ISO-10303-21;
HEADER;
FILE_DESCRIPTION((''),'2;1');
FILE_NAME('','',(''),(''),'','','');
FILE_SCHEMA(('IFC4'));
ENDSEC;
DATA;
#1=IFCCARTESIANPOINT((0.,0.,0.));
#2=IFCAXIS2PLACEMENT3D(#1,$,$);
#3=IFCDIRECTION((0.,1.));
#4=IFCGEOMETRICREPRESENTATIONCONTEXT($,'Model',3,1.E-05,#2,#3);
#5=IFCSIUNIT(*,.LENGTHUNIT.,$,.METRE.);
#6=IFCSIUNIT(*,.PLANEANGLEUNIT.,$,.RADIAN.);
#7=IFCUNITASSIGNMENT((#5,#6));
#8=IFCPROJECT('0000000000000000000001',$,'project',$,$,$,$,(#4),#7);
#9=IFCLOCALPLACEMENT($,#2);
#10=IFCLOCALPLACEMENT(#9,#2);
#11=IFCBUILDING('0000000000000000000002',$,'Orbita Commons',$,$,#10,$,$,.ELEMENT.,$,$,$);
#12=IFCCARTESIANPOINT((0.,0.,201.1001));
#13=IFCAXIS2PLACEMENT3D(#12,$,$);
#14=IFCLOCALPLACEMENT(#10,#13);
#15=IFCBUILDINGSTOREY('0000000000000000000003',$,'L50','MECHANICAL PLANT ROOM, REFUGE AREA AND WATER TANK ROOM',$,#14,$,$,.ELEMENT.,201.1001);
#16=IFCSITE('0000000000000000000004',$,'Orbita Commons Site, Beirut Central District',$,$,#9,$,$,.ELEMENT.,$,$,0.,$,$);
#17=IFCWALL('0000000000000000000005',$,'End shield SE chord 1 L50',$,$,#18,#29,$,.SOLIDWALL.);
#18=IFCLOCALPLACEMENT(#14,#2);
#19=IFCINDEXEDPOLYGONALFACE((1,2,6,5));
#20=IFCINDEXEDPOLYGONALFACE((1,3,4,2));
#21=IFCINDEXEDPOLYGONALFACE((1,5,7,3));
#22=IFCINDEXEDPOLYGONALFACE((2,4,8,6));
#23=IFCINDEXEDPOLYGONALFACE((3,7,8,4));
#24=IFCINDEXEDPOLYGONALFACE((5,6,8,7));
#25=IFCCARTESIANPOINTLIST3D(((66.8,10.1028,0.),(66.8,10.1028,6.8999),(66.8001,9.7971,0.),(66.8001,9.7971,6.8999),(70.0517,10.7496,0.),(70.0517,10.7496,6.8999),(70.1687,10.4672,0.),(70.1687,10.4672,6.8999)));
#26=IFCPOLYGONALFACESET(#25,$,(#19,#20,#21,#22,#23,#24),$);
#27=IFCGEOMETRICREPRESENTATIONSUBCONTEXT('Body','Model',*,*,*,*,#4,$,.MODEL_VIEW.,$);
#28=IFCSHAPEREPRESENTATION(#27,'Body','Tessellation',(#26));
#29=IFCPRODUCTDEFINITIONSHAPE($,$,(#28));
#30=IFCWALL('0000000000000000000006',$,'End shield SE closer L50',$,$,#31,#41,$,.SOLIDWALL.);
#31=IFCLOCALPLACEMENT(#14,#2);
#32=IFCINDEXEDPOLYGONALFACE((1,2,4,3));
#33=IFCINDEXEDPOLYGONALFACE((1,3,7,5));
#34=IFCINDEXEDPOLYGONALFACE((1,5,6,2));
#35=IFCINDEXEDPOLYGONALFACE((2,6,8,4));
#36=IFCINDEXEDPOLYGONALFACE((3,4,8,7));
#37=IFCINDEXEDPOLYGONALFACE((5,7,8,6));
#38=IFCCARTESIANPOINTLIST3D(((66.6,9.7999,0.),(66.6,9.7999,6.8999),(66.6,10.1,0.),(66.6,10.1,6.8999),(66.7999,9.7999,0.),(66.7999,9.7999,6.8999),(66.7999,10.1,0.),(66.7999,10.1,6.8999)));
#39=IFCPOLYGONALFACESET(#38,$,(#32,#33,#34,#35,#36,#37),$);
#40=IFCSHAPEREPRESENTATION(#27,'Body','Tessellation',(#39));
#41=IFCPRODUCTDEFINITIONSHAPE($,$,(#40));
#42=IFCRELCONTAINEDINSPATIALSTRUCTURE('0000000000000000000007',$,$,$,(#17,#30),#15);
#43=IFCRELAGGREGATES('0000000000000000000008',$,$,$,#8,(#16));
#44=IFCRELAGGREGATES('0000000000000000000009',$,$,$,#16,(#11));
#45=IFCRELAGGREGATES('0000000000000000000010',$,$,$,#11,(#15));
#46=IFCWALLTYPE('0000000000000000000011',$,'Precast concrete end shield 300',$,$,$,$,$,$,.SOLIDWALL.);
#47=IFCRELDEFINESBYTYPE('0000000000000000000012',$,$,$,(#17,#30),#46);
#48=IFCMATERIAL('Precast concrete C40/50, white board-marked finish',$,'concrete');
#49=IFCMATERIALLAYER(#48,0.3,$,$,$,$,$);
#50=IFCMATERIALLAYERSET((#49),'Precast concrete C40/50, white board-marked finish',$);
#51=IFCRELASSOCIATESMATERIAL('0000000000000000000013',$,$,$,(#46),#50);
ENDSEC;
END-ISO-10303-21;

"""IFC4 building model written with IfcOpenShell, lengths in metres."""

from ifc_helpers import new_model, si_unit, direction, frame, frame_2d, origin, place, context, subcontext, project, spatial, polyline, rectangle, outline, extrude, material, layer, layer_set, type_object, element, save


model = new_model("IFC4")

# Units and contexts
model_context = context("Model", 3, precision=1e-05, world=origin(), true_north=direction((0.0, 1.0)))
body_context = subcontext(model_context, "Body", "Model", "MODEL_VIEW")
ifc_project = project(units=[si_unit("LENGTHUNIT", "METRE"), si_unit("PLANEANGLEUNIT", "RADIAN")], contexts=[model_context])

# Site, building, storey
site_placement = place(None, origin())
site = spatial("IfcSite", under=ifc_project, at=site_placement, Name="Orbita Commons Site, Beirut Central District", CompositionType="ELEMENT", RefElevation=0.0)
building_placement = place(site_placement, origin())
building = spatial("IfcBuilding", under=site, at=building_placement, Name="Orbita Commons", CompositionType="ELEMENT")
storey_placement = place(building_placement, frame((0.0, 0.0, 201.1001)))
storey = spatial("IfcBuildingStorey", under=building, at=storey_placement, Name="L50", Description="MECHANICAL PLANT ROOM, REFUGE AREA AND WATER TANK ROOM", CompositionType="ELEMENT", Elevation=201.1001)

# Walls
ifc_material_1 = material(Name="Precast concrete C40/50, white board-marked finish", Category="concrete")
ifc_layer_1 = layer(ifc_material_1, 0.3)
ifc_layer_set_1 = layer_set([ifc_layer_1], Name="Precast concrete C40/50, white board-marked finish")
wall_type_1 = type_object("IfcWallType", Name="Precast concrete end shield 300", PredefinedType="SOLIDWALL", material=ifc_layer_set_1)
wall_1_placement = place(storey_placement, frame((66.8, 9.95, 0.0), z_axis=(0.0, 0.0, 1.0), x_axis=(0.980783, 0.1951, 0.0)))
element("IfcWall", 1, at=wall_1_placement, inside=storey, type_object=wall_type_1, Name="End shield SE chord 1 L50", PredefinedType="SOLIDWALL", context=body_context, shape_type="SweptSolid", body=[
    extrude(outline(polyline([(-0.0298, -0.1499), (3.4048, -0.1499), (3.3452, 0.1499), (0.0298, 0.1499), (-0.0298, -0.1499)])), origin(), (0.0, 0.0, 1.0), 6.8999),
])
wall_2_placement = place(storey_placement, frame((66.8, 9.95, 0.0), z_axis=(0.0, 0.0, 1.0), x_axis=(-1.0, 0.0, 0.0)))
element("IfcWall", 2, at=wall_2_placement, inside=storey, type_object=wall_type_1, Name="End shield SE closer L50", PredefinedType="SOLIDWALL", context=body_context, shape_type="SweptSolid", body=[
    extrude(rectangle(XDim=0.2, YDim=0.3, at=frame_2d((0.1001, 0.0))), origin(), (0.0, 0.0, 1.0), 6.8999),
])

save(model, "model.ifc")
